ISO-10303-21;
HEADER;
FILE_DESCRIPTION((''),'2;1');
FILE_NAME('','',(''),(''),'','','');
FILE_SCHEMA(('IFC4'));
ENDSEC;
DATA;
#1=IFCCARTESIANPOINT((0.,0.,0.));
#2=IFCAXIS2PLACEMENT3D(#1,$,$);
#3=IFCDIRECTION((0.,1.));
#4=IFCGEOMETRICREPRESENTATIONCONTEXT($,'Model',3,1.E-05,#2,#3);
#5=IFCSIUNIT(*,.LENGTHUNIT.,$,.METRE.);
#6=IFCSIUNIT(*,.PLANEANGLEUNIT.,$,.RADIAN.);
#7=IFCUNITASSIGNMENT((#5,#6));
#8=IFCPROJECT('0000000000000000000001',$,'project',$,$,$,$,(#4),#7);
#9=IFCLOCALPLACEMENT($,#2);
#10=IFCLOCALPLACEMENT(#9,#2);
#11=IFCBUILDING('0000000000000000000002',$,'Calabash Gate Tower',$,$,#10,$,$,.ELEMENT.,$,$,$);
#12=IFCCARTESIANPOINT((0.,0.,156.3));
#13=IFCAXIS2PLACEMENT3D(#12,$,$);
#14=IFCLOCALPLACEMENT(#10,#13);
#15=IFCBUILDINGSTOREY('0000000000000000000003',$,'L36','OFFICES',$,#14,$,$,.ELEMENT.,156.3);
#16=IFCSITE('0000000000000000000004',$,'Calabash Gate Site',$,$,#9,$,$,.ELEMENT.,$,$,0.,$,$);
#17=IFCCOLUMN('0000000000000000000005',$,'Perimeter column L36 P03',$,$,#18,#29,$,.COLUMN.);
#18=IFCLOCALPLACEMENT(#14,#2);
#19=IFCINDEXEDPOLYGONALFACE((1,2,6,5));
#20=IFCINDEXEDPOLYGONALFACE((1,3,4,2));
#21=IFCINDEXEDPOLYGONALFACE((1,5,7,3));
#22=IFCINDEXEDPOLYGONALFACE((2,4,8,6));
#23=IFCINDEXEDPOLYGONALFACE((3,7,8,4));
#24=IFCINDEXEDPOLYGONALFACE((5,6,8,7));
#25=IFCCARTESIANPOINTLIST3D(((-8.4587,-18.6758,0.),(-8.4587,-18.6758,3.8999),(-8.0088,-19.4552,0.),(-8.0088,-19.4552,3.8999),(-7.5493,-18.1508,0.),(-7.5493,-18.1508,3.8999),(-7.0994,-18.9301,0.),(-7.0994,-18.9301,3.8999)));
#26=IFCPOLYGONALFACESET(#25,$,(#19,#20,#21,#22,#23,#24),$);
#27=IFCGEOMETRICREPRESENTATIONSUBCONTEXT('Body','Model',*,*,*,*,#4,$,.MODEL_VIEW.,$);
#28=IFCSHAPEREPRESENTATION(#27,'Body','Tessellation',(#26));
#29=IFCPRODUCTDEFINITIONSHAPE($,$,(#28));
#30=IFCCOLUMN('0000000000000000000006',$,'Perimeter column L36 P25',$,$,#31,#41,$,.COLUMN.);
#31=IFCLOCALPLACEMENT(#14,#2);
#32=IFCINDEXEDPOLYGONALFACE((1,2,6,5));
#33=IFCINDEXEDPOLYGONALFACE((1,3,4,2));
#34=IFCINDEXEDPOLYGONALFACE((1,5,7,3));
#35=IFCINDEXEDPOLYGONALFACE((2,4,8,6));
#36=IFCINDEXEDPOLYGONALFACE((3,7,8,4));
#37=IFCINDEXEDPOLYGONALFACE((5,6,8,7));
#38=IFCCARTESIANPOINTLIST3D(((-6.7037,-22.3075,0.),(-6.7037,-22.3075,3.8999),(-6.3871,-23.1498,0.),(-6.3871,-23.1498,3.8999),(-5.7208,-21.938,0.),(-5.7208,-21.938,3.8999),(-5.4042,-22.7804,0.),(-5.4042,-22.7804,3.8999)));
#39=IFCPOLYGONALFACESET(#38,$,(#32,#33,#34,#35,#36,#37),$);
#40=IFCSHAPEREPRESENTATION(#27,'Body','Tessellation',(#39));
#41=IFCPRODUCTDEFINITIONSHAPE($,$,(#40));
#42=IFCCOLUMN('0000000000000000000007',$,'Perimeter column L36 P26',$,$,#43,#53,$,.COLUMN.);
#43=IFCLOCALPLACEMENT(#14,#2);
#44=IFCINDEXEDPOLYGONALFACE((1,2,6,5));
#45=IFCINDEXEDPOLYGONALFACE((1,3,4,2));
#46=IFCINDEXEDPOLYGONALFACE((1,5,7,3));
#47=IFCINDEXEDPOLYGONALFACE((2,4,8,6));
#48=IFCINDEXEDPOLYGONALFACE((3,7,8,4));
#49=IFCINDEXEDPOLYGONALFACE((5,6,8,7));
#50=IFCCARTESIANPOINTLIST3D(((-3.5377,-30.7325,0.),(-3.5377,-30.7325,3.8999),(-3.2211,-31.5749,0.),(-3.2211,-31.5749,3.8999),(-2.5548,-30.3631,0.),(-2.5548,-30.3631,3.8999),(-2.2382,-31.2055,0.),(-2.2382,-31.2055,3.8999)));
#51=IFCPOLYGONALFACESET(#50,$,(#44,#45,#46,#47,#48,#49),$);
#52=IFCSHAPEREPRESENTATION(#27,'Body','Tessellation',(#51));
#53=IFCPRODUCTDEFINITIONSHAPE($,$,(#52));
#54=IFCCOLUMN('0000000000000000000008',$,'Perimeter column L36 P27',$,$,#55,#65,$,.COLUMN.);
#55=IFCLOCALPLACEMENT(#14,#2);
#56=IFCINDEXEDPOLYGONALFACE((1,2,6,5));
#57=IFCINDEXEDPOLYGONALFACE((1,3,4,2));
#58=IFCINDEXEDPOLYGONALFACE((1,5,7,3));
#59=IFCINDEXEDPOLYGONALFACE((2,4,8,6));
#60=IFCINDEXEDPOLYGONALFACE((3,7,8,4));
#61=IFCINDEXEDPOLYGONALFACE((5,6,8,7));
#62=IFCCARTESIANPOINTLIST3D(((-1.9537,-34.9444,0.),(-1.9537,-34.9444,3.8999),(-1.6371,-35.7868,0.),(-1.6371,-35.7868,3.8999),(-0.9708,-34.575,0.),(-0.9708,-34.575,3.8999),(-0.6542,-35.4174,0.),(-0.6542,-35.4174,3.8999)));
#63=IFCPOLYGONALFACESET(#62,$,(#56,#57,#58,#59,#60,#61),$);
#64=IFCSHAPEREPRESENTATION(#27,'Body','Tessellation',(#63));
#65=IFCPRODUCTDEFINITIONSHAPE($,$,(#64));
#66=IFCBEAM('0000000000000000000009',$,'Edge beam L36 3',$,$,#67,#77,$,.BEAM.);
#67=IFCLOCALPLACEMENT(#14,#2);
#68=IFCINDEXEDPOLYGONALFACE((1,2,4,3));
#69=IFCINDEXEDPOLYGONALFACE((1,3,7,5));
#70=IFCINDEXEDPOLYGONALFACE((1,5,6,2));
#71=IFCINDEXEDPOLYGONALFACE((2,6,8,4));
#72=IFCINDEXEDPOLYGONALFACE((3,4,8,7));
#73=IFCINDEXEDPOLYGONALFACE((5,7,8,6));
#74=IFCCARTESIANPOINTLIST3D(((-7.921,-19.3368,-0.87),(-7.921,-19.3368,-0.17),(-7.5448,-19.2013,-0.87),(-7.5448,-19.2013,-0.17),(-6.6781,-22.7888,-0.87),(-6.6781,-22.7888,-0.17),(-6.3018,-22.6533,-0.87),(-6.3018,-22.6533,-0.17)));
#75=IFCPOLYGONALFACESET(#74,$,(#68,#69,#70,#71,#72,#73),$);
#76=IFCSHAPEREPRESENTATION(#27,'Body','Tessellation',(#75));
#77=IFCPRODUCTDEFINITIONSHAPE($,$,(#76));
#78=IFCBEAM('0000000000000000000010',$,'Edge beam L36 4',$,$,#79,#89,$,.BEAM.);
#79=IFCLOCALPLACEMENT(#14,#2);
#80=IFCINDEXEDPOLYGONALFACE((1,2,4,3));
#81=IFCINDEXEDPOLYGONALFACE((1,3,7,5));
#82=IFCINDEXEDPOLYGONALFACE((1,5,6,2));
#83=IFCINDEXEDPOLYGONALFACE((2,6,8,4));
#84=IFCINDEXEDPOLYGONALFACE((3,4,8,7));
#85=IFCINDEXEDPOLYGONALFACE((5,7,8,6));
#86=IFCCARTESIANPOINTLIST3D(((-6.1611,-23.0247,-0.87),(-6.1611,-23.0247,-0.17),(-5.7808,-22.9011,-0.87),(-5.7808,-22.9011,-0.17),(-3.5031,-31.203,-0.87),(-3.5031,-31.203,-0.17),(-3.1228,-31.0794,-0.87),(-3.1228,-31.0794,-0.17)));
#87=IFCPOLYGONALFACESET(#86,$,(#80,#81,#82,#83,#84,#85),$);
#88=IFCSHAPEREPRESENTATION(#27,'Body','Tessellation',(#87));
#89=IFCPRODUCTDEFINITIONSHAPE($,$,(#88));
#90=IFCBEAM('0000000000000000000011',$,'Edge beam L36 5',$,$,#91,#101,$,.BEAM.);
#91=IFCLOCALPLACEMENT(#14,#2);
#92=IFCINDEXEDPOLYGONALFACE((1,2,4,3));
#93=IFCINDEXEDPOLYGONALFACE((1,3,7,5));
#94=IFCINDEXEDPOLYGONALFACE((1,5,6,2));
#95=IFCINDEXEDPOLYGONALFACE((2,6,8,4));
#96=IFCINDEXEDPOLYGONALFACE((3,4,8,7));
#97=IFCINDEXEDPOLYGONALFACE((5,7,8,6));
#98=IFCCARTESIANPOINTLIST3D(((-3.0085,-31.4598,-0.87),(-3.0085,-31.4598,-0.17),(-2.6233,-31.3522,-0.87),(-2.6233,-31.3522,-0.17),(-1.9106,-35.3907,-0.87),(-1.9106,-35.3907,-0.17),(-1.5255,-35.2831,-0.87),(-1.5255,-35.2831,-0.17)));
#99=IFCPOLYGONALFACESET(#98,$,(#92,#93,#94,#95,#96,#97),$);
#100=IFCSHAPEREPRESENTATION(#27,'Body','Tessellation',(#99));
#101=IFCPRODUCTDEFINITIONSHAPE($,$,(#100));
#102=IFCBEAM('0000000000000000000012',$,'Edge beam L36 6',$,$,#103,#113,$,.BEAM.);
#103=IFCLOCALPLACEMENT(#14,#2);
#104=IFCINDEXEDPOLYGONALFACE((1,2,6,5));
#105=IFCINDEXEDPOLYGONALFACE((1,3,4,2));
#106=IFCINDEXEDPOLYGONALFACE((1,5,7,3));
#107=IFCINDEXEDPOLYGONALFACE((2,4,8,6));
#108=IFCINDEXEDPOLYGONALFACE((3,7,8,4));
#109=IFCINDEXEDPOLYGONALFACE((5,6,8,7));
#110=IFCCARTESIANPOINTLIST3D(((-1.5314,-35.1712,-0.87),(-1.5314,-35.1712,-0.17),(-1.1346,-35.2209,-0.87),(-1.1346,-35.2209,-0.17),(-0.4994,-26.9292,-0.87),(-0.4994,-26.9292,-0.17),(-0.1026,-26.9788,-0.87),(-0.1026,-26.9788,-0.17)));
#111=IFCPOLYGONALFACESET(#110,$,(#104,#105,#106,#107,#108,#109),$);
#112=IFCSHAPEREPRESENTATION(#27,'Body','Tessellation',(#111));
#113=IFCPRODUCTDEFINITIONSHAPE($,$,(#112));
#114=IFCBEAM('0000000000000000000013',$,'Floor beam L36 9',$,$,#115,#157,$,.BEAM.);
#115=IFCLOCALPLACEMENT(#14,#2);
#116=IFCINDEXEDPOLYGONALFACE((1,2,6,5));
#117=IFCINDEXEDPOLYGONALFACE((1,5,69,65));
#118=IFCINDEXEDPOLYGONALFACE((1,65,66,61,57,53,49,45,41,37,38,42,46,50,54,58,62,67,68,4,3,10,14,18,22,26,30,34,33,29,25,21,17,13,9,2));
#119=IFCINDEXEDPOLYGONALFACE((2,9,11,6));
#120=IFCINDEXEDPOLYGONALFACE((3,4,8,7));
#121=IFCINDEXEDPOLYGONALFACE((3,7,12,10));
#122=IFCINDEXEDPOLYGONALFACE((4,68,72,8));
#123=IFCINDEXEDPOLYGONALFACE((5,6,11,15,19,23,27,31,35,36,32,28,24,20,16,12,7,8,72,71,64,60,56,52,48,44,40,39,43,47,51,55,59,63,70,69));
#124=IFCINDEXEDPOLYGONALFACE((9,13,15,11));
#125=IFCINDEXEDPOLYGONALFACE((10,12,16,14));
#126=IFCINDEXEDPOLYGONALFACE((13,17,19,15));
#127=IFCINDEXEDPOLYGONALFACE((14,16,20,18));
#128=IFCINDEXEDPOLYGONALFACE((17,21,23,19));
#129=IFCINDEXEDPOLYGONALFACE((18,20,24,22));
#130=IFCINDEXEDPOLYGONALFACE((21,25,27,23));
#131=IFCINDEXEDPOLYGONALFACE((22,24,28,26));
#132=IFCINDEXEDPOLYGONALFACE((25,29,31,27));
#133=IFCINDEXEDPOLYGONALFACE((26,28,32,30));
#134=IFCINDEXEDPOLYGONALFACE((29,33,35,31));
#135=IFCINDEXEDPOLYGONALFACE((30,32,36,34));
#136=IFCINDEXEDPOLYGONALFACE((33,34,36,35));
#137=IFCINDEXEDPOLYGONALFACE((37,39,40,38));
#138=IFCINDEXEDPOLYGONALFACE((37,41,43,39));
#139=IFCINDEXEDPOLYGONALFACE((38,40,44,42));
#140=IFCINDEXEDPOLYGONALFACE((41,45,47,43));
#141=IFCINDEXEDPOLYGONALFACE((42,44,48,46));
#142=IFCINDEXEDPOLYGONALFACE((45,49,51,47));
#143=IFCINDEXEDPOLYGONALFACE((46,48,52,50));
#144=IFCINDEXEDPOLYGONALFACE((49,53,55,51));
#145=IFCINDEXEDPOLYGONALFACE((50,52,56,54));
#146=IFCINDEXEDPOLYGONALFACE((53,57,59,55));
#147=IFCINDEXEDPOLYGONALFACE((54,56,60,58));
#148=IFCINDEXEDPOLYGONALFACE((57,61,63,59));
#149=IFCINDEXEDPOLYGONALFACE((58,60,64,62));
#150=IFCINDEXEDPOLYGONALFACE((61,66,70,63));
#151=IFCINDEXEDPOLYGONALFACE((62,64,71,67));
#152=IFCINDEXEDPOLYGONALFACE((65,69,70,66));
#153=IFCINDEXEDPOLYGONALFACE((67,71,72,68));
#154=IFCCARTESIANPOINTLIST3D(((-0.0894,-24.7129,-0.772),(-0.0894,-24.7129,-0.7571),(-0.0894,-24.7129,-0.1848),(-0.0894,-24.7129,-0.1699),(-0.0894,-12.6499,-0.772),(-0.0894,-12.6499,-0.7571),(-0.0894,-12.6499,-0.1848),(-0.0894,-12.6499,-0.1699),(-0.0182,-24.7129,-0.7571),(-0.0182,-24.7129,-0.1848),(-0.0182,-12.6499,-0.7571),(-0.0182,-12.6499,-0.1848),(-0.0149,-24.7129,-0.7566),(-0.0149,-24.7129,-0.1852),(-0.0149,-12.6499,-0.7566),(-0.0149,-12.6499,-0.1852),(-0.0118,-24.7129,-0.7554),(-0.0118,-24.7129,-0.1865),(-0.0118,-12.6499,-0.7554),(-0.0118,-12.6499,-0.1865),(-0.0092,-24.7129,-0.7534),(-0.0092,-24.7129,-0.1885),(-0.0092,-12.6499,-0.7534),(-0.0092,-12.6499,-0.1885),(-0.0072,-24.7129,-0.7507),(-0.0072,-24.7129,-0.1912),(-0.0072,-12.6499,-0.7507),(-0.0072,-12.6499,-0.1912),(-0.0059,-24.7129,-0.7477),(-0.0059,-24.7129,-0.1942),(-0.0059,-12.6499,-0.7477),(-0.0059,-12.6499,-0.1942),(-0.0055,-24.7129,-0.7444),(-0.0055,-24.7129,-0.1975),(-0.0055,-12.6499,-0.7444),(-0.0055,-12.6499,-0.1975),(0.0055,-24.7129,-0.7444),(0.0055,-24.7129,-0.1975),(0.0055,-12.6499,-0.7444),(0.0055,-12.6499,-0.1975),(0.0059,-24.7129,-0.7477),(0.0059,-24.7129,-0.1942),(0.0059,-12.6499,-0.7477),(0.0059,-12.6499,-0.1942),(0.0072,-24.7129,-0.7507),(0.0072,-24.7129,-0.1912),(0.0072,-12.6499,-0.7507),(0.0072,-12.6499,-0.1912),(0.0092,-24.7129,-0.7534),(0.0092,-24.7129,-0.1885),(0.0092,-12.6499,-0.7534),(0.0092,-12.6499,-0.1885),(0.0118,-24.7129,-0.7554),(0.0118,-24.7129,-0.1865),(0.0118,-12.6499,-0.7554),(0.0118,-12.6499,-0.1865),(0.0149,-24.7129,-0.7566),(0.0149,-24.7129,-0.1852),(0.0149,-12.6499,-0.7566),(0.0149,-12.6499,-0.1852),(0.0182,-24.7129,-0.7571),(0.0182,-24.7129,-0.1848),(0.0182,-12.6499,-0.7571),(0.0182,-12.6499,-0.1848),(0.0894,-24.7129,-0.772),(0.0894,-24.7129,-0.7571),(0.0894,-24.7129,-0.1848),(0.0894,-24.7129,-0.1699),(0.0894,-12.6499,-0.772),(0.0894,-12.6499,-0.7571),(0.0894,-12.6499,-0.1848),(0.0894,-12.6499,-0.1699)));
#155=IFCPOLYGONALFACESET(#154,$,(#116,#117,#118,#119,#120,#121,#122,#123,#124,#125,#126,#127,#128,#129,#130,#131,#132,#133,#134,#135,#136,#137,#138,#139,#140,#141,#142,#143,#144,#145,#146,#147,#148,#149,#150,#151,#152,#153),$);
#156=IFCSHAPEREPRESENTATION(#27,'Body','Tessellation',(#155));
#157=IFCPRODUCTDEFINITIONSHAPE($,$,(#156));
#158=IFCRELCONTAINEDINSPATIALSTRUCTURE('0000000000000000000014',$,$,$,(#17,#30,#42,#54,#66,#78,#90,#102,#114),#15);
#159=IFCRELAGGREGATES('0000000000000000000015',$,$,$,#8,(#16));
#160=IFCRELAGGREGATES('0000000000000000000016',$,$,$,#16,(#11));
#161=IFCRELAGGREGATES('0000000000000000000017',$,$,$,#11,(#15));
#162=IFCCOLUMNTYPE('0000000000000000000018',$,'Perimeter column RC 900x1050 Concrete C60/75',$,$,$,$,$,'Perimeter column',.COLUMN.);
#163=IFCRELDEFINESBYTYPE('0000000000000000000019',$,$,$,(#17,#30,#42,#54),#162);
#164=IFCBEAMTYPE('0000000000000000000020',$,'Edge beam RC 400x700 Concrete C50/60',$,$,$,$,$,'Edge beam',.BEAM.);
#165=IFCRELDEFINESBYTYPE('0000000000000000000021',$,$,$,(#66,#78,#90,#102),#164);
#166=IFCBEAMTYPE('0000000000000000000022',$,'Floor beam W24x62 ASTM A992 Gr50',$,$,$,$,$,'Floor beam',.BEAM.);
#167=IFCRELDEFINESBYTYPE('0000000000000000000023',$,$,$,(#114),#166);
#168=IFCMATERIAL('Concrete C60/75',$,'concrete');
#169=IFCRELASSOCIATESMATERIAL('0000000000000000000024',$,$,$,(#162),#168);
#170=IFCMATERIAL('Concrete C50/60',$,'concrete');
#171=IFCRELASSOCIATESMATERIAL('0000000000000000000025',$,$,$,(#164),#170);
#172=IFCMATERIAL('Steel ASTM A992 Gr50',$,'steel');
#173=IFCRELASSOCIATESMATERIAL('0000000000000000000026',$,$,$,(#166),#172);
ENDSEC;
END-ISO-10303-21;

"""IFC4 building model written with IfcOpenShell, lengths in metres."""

from ifc_helpers import new_model, si_unit, direction, frame, origin, origin_2d, place, context, subcontext, project, spatial, rectangle, i_section, extrude, material, material_profile, profile_set, type_object, element, save


model = new_model("IFC4")

# Units and contexts
model_context = context("Model", 3, precision=1e-05, world=origin(), true_north=direction((0.0, 1.0)))
body_context = subcontext(model_context, "Body", "Model", "MODEL_VIEW")
ifc_project = project(units=[si_unit("LENGTHUNIT", "METRE"), si_unit("PLANEANGLEUNIT", "RADIAN")], contexts=[model_context])

# Site, building, storey
site_placement = place(None, origin())
site = spatial("IfcSite", under=ifc_project, at=site_placement, Name="Calabash Gate Site", CompositionType="ELEMENT", RefElevation=0.0)
building_placement = place(site_placement, origin())
building = spatial("IfcBuilding", under=site, at=building_placement, Name="Calabash Gate Tower", CompositionType="ELEMENT")
storey_placement = place(building_placement, frame((0.0, 0.0, 156.3)))
storey = spatial("IfcBuildingStorey", under=building, at=storey_placement, Name="L36", Description="OFFICES", CompositionType="ELEMENT", Elevation=156.3)

# Columns
ifc_material_1 = material(Name="Concrete C60/75", Category="concrete")
ifc_material_profile_1 = material_profile(ifc_material_1, rectangle(XDim=0.8999, YDim=1.05, at=origin_2d()))
ifc_profile_set_1 = profile_set([ifc_material_profile_1], Name="Concrete C60/75")
column_type = type_object("IfcColumnType", Name="Perimeter column RC 900x1050 Concrete C60/75", ElementType="Perimeter column", PredefinedType="COLUMN", material=ifc_profile_set_1)
for number, where, z_axis, x_axis, name in (
    (1, (-7.7791, -18.803, 0.0), (0.0, 0.0, 1.0), (0.5, -0.866025, 0.0), "Perimeter column L36 P03"),
    (2, (-6.054, -22.5439, 0.0), (0.0, 0.0, 1.0), (0.351823, -0.936067, 0.0), "Perimeter column L36 P25"),
    (3, (-2.8879, -30.969, 0.0), (0.0, 0.0, 1.0), (0.351823, -0.936067, 0.0), "Perimeter column L36 P26"),
    (4, (-1.304, -35.1809, 0.0), (0.0, 0.0, 1.0), (0.351823, -0.936067, 0.0), "Perimeter column L36 P27"),
):
    element("IfcColumn", number, at=place(storey_placement, frame(where, z_axis=z_axis, x_axis=x_axis)), inside=storey, type_object=column_type, Name=name, PredefinedType="COLUMN", context=body_context, shape_type="SweptSolid", body=[
        extrude(rectangle(XDim=0.8999, YDim=1.05, at=origin_2d()), origin(), (0.0, 0.0, 1.0), 3.8999),
    ])

# Beams
ifc_material_2 = material(Name="Concrete C50/60", Category="concrete")
ifc_material_profile_2 = material_profile(ifc_material_2, rectangle(XDim=0.3999, YDim=0.7, at=origin_2d()))
ifc_profile_set_2 = profile_set([ifc_material_profile_2], Name="Concrete C50/60")
beam_type_1 = type_object("IfcBeamType", Name="Edge beam RC 400x700 Concrete C50/60", ElementType="Edge beam", PredefinedType="BEAM", material=ifc_profile_set_2)
beam_1_placement = place(storey_placement, frame((-7.7329, -19.269, -0.52), z_axis=(0.338776, -0.940867, 0.0), x_axis=(0.940867, 0.338776, 0.0)))
element("IfcBeam", 5, at=beam_1_placement, inside=storey, type_object=beam_type_1, Name="Edge beam L36 3", PredefinedType="BEAM", context=body_context, shape_type="SweptSolid", body=[
    extrude(rectangle(XDim=0.3999, YDim=0.7, at=origin_2d()), origin(), (0.0, 0.0, 1.0), 3.6689),
])
beam_2_placement = place(storey_placement, frame((-5.9709, -22.9629, -0.52), z_axis=(0.30909, -0.951033, 0.0), x_axis=(0.951033, 0.30909, 0.0)))
element("IfcBeam", 6, at=beam_2_placement, inside=storey, type_object=beam_type_1, Name="Edge beam L36 4", PredefinedType="BEAM", context=body_context, shape_type="SweptSolid", body=[
    extrude(rectangle(XDim=0.3999, YDim=0.7, at=origin_2d()), origin(), (0.0, 0.0, 1.0), 8.5994),
])
beam_3_placement = place(storey_placement, frame((-2.8159, -31.406, -0.52), z_axis=(0.269004, -0.963139, 0.0), x_axis=(0.963139, 0.269004, 0.0)))
element("IfcBeam", 7, at=beam_3_placement, inside=storey, type_object=beam_type_1, Name="Edge beam L36 5", PredefinedType="BEAM", context=body_context, shape_type="SweptSolid", body=[
    extrude(rectangle(XDim=0.3999, YDim=0.7, at=origin_2d()), origin(), (0.0, 0.0, 1.0), 4.0813),
])
beam_4_placement = place(storey_placement, frame((-1.333, -35.196, -0.52), z_axis=(0.124241, 0.992252, 0.0), x_axis=(-0.992252, 0.124241, 0.0)))
element("IfcBeam", 8, at=beam_4_placement, inside=storey, type_object=beam_type_1, Name="Edge beam L36 6", PredefinedType="BEAM", context=body_context, shape_type="SweptSolid", body=[
    extrude(rectangle(XDim=0.3999, YDim=0.7, at=origin_2d()), origin(), (0.0, 0.0, 1.0), 8.3064),
])
ifc_material_3 = material(Name="Steel ASTM A992 Gr50", Category="steel")
ifc_material_profile_3 = material_profile(ifc_material_3, i_section(OverallWidth=0.1787, OverallDepth=0.6021, WebThickness=0.011, FlangeThickness=0.0149, FilletRadius=0.0127, at=origin_2d()))
ifc_profile_set_3 = profile_set([ifc_material_profile_3], Name="Steel ASTM A992 Gr50")
beam_type_2 = type_object("IfcBeamType", Name="Floor beam W24x62 ASTM A992 Gr50", ElementType="Floor beam", PredefinedType="BEAM", material=ifc_profile_set_3)
beam_5_placement = place(storey_placement, frame((0.0, -24.7129, -0.4709), z_axis=(0.0, 1.0, 0.0), x_axis=(-1.0, 0.0, 0.0)))
element("IfcBeam", 9, at=beam_5_placement, inside=storey, type_object=beam_type_2, Name="Floor beam L36 9", PredefinedType="BEAM", context=body_context, shape_type="SweptSolid", body=[
    extrude(i_section(OverallWidth=0.1787, OverallDepth=0.6021, WebThickness=0.011, FlangeThickness=0.0149, FilletRadius=0.0127, at=origin_2d()), origin(), (0.0, 0.0, 1.0), 12.063),
])

save(model, "model.ifc")
